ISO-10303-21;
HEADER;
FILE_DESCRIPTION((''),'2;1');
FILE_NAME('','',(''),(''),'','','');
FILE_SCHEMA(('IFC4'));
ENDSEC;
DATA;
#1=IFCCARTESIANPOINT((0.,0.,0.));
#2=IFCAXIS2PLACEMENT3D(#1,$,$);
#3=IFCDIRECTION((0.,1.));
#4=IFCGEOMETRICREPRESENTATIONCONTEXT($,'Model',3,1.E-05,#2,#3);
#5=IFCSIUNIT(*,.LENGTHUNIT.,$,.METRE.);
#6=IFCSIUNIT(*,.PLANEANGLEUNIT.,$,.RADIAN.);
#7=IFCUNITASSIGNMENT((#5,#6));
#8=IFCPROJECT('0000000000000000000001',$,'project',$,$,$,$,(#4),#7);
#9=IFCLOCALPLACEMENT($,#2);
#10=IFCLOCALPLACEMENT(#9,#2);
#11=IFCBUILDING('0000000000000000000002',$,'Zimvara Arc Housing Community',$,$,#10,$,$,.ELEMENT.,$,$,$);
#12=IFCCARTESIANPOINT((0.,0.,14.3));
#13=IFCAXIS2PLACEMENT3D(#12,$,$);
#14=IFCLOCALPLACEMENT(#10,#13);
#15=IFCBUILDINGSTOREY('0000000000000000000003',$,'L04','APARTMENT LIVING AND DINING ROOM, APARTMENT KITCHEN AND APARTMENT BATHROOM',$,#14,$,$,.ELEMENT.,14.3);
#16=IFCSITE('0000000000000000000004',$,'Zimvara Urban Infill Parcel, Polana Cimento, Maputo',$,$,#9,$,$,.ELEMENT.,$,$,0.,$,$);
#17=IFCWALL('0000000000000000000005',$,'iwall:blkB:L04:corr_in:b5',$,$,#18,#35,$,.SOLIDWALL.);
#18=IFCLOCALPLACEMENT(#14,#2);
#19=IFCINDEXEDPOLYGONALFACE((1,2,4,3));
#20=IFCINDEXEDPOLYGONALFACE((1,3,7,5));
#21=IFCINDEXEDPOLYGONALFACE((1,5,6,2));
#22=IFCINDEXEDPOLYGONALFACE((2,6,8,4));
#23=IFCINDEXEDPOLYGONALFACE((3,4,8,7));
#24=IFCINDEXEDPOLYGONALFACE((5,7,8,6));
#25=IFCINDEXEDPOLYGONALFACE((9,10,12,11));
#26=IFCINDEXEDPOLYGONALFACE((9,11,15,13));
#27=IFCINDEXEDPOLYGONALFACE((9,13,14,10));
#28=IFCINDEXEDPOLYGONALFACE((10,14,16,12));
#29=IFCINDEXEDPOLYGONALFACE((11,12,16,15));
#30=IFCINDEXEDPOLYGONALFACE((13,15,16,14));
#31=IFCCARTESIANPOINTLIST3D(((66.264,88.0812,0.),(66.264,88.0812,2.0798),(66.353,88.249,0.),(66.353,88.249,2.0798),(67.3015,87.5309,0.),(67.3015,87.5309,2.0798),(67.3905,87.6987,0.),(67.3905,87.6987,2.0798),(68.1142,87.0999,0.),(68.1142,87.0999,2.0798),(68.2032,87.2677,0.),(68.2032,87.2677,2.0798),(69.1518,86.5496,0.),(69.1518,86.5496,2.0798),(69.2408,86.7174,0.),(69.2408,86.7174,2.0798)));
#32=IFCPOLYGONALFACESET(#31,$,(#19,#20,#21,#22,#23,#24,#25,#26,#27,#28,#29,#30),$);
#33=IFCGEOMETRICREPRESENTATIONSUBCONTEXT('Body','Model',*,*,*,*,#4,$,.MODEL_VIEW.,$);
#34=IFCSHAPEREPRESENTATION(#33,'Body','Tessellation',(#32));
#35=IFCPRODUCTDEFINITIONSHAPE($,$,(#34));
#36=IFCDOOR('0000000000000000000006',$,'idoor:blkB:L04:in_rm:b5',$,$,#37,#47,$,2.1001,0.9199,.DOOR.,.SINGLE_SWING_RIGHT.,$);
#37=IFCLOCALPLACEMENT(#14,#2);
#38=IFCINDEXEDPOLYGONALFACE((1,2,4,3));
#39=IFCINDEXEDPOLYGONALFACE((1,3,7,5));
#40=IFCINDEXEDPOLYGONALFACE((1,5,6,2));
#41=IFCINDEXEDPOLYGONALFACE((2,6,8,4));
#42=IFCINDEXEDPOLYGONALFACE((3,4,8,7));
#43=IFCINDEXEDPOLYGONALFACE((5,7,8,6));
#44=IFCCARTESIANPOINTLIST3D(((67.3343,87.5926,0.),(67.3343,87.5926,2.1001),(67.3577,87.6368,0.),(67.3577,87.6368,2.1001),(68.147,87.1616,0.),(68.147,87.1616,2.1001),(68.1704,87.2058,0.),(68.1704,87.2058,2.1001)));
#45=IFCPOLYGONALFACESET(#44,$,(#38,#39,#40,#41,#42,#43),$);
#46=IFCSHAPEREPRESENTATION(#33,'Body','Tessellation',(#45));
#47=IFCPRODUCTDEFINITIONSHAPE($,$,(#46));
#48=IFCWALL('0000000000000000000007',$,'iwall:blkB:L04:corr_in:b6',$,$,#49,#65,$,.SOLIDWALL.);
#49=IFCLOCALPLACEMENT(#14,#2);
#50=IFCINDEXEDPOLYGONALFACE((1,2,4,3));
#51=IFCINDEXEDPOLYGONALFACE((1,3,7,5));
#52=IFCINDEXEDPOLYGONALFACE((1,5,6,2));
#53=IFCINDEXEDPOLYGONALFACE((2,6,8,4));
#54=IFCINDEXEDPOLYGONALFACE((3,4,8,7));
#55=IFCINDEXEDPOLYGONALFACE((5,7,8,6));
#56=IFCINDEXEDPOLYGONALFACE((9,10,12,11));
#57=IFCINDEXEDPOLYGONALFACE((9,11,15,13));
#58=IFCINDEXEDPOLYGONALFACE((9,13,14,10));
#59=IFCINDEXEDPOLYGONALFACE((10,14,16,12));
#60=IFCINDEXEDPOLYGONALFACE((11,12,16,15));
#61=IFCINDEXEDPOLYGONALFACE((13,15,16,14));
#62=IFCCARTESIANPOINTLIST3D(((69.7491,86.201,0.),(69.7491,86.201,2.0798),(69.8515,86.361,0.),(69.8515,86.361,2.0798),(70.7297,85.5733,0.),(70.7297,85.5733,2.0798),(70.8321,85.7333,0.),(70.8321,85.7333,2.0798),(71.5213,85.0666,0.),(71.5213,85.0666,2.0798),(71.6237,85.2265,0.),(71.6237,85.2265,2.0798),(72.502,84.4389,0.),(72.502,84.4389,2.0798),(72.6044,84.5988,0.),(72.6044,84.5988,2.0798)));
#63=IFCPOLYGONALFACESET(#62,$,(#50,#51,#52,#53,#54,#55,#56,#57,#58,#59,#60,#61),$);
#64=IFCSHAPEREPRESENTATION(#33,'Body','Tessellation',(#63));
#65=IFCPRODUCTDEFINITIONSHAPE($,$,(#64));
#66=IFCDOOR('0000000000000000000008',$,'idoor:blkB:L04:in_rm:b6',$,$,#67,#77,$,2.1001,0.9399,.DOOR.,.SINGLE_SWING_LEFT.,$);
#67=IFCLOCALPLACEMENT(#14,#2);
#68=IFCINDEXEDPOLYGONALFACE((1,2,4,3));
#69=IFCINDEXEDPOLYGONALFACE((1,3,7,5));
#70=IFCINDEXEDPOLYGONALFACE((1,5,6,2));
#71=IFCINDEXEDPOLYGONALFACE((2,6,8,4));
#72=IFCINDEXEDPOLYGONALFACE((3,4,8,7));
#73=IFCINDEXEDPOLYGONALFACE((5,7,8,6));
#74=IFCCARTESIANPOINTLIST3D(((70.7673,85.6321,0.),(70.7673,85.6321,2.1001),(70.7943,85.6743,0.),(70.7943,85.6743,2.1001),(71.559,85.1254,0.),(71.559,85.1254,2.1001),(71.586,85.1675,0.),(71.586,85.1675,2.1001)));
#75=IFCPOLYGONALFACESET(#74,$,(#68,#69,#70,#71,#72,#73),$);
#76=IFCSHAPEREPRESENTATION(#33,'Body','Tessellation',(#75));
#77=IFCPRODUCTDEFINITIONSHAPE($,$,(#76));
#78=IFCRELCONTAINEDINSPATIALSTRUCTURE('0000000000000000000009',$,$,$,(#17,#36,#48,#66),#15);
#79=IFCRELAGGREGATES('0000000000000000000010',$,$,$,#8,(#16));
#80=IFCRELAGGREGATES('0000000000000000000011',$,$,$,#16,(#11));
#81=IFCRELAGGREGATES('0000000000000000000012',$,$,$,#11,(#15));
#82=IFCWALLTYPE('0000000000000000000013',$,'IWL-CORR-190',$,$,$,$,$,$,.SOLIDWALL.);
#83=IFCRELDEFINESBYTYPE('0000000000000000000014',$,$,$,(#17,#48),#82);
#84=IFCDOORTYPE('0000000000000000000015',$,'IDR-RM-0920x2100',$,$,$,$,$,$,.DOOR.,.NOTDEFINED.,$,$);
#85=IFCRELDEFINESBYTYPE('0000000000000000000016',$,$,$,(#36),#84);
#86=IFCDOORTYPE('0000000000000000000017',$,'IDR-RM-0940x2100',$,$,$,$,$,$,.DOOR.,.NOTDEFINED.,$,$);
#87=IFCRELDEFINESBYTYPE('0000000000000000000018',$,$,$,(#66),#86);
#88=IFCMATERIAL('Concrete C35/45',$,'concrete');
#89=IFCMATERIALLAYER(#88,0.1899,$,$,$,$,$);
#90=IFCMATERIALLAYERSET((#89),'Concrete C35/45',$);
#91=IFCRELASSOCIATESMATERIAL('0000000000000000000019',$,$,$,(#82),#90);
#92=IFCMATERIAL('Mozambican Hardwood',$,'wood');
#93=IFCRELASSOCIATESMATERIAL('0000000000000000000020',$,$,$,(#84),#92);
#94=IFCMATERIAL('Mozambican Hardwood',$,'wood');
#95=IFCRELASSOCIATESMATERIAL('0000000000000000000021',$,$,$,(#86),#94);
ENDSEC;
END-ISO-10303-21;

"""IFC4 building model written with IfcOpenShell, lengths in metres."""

from ifc_helpers import new_model, si_unit, direction, frame, frame_2d, origin, place, context, subcontext, project, spatial, rectangle, extrude, material, layer, layer_set, type_object, element, fill, save


model = new_model("IFC4")

# Units and contexts
model_context = context("Model", 3, precision=1e-05, world=origin(), true_north=direction((0.0, 1.0)))
body_context = subcontext(model_context, "Body", "Model", "MODEL_VIEW")
ifc_project = project(units=[si_unit("LENGTHUNIT", "METRE"), si_unit("PLANEANGLEUNIT", "RADIAN")], contexts=[model_context])

# Site, building, storey
site_placement = place(None, origin())
site = spatial("IfcSite", under=ifc_project, at=site_placement, Name="Zimvara Urban Infill Parcel, Polana Cimento, Maputo", CompositionType="ELEMENT", RefElevation=0.0)
building_placement = place(site_placement, origin())
building = spatial("IfcBuilding", under=site, at=building_placement, Name="Zimvara Arc Housing Community", CompositionType="ELEMENT")
storey_placement = place(building_placement, frame((0.0, 0.0, 14.3)))
storey = spatial("IfcBuildingStorey", under=building, at=storey_placement, Name="L04", Description="APARTMENT LIVING AND DINING ROOM, APARTMENT KITCHEN AND APARTMENT BATHROOM", CompositionType="ELEMENT", Elevation=14.3)

# Walls, openings, doors
ifc_material_1 = material(Name="Concrete C35/45", Category="concrete")
ifc_layer_1 = layer(ifc_material_1, 0.1899)
ifc_layer_set_1 = layer_set([ifc_layer_1], Name="Concrete C35/45")
wall_type = type_object("IfcWallType", Name="IWL-CORR-190", PredefinedType="SOLIDWALL", material=ifc_layer_set_1)
wall_1_placement = place(storey_placement, frame((66.3086, 88.165, 0.0), z_axis=(0.0, 0.0, 1.0), x_axis=(0.883444, -0.468536, 0.0)))
wall_1 = element("IfcWall", 1, at=wall_1_placement, inside=storey, type_object=wall_type, Name="iwall:blkB:L04:corr_in:b5", PredefinedType="SOLIDWALL", context=body_context, shape_type="SweptSolid", body=[
    extrude(rectangle(XDim=3.2688, YDim=0.1899, at=frame_2d((1.6343, 0.0))), origin(), (0.0, 0.0, 1.0), 2.0798),
])
opening_1_placement = place(wall_1_placement, frame((1.1743, 0.0, 0.0)))
opening_1 = element("IfcOpeningElement", 2, at=opening_1_placement, cuts=wall_1, PredefinedType="OPENING", context=body_context, shape_type="SweptSolid", body=[
    extrude(rectangle(XDim=0.9199, YDim=2.1001, at=frame_2d((0.46, 1.05))), frame((0.0, 0.105, 0.0), z_axis=(0.0, -1.0, 0.0), x_axis=(1.0, 0.0, 0.0)), (0.0, 0.0, 1.0), 0.21),
])
ifc_material_2 = material(Name="Mozambican Hardwood", Category="wood")
door_type_1 = type_object("IfcDoorType", Name="IDR-RM-0920x2100", OperationType="NOTDEFINED", PredefinedType="DOOR", material=ifc_material_2)
door_1_placement = place(opening_1_placement, origin())
door_1 = element("IfcDoor", 3, at=door_1_placement, inside=storey, type_object=door_type_1, Name="idoor:blkB:L04:in_rm:b5", OperationType="SINGLE_SWING_RIGHT", OverallHeight=2.1001, OverallWidth=0.9199, PredefinedType="DOOR", context=body_context, shape_type="SweptSolid", body=[
    extrude(rectangle(XDim=0.9199, YDim=2.1001, at=frame_2d((0.46, 1.05))), frame((0.0, 0.0249, 0.0), z_axis=(0.0, -1.0, 0.0), x_axis=(1.0, 0.0, 0.0)), (0.0, 0.0, 1.0), 0.05),
])
fill(opening_1, door_1)
wall_2_placement = place(storey_placement, frame((69.8003, 86.281, 0.0), z_axis=(0.0, 0.0, 1.0), x_axis=(0.842225, -0.539126, 0.0)))
wall_2 = element("IfcWall", 4, at=wall_2_placement, inside=storey, type_object=wall_type, Name="iwall:blkB:L04:corr_in:b6", PredefinedType="SOLIDWALL", context=body_context, shape_type="SweptSolid", body=[
    extrude(rectangle(XDim=3.2686, YDim=0.1899, at=frame_2d((1.6343, 0.0))), origin(), (0.0, 0.0, 1.0), 2.0798),
])
opening_2_placement = place(wall_2_placement, frame((1.1643, 0.0, 0.0)))
opening_2 = element("IfcOpeningElement", 5, at=opening_2_placement, cuts=wall_2, PredefinedType="OPENING", context=body_context, shape_type="SweptSolid", body=[
    extrude(rectangle(XDim=0.9399, YDim=2.1001, at=frame_2d((0.47, 1.05))), frame((0.0, 0.105, 0.0), z_axis=(0.0, -1.0, 0.0), x_axis=(1.0, 0.0, 0.0)), (0.0, 0.0, 1.0), 0.21),
])
ifc_material_3 = material(Name="Mozambican Hardwood", Category="wood")
door_type_2 = type_object("IfcDoorType", Name="IDR-RM-0940x2100", OperationType="NOTDEFINED", PredefinedType="DOOR", material=ifc_material_3)
door_2_placement = place(opening_2_placement, origin())
door_2 = element("IfcDoor", 6, at=door_2_placement, inside=storey, type_object=door_type_2, Name="idoor:blkB:L04:in_rm:b6", OperationType="SINGLE_SWING_LEFT", OverallHeight=2.1001, OverallWidth=0.9399, PredefinedType="DOOR", context=body_context, shape_type="SweptSolid", body=[
    extrude(rectangle(XDim=0.9399, YDim=2.1001, at=frame_2d((0.47, 1.05))), frame((0.0, 0.0249, 0.0), z_axis=(0.0, -1.0, 0.0), x_axis=(1.0, 0.0, 0.0)), (0.0, 0.0, 1.0), 0.05),
])
fill(opening_2, door_2)

save(model, "model.ifc")
